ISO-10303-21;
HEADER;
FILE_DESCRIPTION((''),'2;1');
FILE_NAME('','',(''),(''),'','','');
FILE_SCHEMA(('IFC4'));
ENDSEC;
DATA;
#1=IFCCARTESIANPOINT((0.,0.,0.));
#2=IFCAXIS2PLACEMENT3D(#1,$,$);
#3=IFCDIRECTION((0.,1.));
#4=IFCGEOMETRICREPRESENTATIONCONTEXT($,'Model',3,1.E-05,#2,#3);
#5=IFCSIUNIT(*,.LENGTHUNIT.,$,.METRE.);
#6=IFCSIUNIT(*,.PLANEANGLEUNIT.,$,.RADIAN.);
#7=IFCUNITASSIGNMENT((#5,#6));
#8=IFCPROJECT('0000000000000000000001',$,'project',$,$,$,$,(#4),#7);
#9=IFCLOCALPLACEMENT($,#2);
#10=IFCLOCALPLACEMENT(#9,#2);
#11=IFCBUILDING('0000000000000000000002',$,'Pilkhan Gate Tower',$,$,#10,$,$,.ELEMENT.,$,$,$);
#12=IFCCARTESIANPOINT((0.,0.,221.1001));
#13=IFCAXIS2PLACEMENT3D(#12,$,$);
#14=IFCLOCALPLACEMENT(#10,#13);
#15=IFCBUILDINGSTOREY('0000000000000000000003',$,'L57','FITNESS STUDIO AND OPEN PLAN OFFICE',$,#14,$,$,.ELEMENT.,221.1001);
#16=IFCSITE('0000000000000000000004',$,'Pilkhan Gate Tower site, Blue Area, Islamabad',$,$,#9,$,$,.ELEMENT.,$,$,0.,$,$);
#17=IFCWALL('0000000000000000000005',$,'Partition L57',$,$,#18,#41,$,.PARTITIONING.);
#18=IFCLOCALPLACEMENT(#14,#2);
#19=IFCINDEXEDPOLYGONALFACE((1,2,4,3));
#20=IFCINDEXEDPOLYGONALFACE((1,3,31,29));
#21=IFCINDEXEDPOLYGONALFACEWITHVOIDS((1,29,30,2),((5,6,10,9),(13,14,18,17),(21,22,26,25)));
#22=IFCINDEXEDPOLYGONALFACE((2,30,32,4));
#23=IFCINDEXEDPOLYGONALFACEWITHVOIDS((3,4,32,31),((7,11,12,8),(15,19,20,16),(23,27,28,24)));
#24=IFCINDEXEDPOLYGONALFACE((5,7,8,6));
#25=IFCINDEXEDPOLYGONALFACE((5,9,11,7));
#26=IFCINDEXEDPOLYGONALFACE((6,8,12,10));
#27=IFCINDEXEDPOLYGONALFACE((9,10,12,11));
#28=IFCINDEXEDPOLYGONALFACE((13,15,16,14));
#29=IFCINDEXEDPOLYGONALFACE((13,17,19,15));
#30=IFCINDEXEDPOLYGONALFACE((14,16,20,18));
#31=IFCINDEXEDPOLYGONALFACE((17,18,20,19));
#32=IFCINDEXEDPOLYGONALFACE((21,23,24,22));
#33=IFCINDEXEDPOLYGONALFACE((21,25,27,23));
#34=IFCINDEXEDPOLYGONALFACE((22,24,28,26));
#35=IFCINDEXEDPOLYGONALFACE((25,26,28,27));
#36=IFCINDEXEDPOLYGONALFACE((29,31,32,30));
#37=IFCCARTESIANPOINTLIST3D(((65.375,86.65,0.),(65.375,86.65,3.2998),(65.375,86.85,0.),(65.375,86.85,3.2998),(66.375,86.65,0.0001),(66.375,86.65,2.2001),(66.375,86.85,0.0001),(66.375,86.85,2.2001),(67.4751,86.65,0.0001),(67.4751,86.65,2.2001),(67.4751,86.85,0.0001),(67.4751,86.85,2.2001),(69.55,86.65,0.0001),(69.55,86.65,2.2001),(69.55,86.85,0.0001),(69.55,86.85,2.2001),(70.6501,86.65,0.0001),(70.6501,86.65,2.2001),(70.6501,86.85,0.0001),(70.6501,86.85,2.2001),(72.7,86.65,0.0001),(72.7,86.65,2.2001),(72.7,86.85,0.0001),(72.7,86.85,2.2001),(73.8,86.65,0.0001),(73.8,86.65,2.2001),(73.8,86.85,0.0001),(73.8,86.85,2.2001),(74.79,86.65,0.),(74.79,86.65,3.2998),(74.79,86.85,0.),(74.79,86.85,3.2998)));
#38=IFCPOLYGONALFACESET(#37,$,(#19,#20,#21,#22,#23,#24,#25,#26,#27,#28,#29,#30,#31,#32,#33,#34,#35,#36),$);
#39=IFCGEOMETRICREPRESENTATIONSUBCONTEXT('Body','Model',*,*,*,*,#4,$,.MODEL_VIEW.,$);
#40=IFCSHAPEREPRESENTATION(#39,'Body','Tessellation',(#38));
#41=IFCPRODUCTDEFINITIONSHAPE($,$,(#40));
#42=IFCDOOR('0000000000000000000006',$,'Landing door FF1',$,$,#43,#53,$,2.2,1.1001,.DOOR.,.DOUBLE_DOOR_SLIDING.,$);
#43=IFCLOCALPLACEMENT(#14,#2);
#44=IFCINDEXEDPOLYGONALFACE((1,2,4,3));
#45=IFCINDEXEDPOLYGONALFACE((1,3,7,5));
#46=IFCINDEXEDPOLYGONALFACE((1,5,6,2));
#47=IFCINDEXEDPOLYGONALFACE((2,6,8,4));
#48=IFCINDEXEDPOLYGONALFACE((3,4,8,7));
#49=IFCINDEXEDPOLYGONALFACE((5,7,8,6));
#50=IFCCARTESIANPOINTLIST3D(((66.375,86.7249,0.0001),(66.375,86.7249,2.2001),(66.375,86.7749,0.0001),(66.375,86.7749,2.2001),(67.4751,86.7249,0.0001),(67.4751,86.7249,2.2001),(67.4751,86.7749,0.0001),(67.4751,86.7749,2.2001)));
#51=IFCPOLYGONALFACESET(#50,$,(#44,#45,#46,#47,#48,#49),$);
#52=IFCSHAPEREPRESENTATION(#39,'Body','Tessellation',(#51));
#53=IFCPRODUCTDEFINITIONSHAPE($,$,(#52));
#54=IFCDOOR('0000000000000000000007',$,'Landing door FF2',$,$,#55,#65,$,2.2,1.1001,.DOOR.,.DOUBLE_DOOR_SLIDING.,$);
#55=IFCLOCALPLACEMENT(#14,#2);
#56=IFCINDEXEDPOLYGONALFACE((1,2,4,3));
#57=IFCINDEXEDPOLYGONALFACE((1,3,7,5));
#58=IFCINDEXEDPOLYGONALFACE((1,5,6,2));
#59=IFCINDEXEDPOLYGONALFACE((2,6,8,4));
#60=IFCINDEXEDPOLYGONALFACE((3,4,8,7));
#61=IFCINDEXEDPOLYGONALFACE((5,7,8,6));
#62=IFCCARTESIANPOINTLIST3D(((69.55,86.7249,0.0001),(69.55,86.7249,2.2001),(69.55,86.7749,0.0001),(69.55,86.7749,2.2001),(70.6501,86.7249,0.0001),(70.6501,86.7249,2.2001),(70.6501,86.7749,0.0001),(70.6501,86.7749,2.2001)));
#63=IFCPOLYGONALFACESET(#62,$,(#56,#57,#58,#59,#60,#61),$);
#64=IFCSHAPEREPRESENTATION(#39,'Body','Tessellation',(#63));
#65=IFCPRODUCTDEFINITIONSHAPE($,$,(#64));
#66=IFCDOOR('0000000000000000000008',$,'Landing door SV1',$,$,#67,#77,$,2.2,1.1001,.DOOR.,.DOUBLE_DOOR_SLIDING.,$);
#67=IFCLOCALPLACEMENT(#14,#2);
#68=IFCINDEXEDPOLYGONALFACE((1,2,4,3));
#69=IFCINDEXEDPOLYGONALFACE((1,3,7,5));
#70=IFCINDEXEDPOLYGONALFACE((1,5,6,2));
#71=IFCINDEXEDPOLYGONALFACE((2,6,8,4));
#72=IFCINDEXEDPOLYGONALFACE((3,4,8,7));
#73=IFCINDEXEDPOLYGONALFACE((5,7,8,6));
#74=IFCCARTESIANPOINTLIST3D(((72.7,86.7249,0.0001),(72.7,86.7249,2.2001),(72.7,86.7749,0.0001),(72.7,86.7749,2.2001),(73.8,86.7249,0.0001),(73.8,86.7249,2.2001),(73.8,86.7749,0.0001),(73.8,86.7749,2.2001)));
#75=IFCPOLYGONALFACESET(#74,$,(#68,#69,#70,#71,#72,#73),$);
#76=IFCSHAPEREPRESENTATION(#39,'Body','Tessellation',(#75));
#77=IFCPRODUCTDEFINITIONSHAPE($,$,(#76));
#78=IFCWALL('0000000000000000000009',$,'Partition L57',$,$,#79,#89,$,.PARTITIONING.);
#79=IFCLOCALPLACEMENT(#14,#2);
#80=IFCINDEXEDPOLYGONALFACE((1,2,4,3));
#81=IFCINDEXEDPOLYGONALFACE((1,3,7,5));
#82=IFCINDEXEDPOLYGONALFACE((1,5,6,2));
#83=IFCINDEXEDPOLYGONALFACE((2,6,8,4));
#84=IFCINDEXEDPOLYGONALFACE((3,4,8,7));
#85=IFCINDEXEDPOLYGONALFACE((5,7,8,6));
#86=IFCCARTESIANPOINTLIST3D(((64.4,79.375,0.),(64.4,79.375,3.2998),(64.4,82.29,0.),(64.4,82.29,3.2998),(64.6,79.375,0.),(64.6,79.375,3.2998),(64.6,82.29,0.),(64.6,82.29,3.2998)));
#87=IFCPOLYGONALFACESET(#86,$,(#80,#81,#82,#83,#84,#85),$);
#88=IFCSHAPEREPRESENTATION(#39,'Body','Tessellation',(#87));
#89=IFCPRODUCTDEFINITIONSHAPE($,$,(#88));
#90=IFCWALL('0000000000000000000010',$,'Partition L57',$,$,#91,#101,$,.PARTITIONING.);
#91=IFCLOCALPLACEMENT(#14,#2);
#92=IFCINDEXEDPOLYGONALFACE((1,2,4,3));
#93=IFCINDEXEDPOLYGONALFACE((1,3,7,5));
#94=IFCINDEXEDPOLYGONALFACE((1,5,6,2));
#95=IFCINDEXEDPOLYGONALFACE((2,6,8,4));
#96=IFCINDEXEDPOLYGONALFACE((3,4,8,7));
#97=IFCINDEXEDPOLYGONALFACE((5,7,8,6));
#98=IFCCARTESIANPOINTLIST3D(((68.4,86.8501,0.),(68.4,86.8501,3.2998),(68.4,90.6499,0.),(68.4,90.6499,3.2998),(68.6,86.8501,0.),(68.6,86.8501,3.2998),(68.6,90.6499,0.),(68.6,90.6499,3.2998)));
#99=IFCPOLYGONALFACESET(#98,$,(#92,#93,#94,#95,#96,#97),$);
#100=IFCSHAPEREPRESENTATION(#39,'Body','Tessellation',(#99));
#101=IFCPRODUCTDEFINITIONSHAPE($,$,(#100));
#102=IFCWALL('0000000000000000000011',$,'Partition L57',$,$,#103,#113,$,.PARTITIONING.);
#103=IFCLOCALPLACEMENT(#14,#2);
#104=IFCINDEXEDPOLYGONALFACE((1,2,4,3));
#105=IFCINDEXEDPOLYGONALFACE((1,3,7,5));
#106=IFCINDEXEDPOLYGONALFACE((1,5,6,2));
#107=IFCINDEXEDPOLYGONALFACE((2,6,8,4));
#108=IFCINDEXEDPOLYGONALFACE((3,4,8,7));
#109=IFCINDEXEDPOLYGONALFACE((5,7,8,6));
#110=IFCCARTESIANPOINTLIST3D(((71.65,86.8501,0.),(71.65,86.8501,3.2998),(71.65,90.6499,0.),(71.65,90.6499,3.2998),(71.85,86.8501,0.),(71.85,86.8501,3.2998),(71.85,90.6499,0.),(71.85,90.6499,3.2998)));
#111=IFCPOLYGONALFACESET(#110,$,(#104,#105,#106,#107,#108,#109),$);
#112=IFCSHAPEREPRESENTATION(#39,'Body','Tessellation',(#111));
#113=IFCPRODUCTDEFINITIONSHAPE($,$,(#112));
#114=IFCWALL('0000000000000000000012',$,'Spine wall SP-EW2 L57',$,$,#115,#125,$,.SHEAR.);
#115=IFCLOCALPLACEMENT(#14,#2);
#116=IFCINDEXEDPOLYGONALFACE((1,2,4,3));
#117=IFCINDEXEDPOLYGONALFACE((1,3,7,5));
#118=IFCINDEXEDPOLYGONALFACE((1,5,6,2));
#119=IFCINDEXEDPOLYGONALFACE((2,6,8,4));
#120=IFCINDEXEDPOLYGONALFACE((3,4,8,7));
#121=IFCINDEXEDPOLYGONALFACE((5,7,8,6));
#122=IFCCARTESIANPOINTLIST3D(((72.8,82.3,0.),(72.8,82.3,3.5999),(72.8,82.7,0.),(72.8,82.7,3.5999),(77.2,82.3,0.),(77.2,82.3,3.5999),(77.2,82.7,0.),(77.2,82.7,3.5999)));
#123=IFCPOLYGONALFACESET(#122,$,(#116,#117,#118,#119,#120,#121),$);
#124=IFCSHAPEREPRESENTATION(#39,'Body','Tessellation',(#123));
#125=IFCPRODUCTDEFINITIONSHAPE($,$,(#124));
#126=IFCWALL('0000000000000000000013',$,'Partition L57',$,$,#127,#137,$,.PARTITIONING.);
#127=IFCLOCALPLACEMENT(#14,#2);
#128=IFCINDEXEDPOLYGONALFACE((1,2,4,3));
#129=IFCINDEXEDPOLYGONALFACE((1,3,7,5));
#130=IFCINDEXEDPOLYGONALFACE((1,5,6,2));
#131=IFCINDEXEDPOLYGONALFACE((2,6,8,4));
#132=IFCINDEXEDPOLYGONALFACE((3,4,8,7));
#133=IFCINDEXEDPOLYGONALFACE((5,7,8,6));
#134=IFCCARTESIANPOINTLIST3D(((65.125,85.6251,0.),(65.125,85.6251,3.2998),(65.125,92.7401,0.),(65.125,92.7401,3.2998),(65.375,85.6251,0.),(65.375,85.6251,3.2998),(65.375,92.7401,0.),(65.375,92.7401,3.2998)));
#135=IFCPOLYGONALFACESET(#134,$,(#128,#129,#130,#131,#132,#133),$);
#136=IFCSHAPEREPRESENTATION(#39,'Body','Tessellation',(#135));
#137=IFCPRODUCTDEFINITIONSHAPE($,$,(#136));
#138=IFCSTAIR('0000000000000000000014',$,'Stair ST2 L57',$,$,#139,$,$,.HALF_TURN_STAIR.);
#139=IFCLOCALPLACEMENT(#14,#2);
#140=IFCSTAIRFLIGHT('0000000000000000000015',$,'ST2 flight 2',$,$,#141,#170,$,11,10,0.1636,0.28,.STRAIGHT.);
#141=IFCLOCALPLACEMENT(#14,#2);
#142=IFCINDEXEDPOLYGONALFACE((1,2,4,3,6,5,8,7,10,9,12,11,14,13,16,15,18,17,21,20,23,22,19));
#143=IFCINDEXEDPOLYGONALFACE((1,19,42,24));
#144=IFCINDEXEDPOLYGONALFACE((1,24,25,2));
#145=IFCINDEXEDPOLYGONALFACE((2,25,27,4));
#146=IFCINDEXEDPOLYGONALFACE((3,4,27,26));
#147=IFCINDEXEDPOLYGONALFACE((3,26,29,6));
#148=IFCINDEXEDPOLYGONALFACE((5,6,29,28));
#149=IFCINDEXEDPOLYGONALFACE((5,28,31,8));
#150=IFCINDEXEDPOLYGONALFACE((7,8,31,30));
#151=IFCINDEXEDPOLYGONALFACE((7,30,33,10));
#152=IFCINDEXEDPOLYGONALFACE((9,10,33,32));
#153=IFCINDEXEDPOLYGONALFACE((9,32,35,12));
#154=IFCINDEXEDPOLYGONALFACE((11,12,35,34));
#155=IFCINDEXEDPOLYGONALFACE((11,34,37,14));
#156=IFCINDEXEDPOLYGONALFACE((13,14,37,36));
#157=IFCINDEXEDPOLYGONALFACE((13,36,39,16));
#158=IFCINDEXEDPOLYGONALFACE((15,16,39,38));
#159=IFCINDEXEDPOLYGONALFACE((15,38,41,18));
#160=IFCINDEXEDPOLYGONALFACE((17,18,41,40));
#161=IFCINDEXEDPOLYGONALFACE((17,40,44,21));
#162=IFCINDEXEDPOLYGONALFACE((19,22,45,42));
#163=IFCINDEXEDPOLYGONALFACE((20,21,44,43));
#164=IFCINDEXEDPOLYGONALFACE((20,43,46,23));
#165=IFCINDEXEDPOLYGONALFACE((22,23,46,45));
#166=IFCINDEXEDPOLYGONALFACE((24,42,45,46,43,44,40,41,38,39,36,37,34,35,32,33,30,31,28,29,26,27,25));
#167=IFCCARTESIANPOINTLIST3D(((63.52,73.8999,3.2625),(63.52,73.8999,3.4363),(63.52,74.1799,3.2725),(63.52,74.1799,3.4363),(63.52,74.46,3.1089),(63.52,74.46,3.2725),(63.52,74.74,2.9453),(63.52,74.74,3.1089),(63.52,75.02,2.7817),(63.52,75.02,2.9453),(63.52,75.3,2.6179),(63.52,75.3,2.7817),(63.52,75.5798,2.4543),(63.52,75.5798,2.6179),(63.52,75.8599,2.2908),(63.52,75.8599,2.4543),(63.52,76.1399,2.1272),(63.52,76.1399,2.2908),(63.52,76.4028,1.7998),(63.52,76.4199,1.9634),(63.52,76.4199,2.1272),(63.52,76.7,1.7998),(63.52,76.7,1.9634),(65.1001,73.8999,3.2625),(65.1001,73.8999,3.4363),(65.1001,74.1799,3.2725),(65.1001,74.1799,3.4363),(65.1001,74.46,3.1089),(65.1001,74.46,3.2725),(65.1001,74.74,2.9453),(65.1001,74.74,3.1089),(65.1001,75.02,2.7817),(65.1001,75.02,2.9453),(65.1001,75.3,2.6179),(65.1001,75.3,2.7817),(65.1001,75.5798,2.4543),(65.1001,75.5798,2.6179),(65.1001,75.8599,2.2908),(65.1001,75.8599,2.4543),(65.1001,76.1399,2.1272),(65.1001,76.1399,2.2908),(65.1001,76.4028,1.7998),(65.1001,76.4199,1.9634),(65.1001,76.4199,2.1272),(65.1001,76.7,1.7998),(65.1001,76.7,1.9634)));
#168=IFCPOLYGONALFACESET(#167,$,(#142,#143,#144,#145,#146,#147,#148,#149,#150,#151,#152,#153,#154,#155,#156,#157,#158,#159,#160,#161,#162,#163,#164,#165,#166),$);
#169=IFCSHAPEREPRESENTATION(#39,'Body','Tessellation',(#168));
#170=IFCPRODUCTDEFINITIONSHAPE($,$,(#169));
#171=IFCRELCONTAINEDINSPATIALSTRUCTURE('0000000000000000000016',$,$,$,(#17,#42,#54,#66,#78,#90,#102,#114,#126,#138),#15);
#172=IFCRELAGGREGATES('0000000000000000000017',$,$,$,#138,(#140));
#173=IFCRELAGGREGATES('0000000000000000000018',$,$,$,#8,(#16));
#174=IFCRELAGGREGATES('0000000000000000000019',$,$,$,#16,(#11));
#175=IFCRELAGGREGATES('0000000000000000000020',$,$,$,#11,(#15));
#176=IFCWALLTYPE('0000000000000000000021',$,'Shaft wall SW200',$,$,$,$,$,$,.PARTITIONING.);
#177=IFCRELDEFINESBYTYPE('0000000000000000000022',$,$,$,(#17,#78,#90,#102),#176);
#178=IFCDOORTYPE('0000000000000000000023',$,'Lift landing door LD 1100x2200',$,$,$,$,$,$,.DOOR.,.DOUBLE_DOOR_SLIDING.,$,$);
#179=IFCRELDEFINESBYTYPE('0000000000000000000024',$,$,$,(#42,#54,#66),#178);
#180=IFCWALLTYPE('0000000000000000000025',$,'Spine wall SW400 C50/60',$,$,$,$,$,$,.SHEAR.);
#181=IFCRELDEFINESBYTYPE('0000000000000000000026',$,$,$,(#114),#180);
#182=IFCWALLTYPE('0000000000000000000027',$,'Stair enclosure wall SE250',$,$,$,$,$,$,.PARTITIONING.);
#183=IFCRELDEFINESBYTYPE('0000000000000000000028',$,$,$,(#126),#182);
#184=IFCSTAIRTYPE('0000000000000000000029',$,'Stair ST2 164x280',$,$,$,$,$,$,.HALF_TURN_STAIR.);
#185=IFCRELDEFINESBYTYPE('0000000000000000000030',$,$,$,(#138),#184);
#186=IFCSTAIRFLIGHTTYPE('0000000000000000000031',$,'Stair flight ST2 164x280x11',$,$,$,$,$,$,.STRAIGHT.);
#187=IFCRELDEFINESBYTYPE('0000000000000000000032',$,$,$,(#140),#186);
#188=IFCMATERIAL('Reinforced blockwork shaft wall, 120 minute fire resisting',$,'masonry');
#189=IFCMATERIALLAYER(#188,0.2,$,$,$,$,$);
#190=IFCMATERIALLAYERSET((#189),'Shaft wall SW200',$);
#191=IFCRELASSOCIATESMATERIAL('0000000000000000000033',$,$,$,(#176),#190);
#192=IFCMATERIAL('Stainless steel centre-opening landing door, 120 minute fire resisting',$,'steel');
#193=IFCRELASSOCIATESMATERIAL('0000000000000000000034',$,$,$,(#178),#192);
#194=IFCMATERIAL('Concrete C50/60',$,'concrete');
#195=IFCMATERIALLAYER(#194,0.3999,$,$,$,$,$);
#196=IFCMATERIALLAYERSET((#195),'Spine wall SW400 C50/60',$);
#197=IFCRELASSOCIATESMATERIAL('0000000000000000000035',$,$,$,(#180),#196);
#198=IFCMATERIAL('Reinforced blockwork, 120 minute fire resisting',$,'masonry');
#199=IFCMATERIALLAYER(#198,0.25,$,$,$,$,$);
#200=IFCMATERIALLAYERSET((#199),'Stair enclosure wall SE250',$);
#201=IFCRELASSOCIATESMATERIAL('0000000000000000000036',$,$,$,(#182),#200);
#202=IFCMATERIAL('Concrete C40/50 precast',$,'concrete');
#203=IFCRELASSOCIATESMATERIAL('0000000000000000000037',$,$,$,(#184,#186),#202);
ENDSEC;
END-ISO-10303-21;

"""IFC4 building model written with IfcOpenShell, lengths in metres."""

from ifc_helpers import new_model, si_unit, direction, frame, frame_2d, origin, place, context, subcontext, project, spatial, polyline, rectangle, outline, extrude, material, layer, layer_set, type_object, element, fill, aggregate, save


model = new_model("IFC4")

# Units and contexts
model_context = context("Model", 3, precision=1e-05, world=origin(), true_north=direction((0.0, 1.0)))
body_context = subcontext(model_context, "Body", "Model", "MODEL_VIEW")
ifc_project = project(units=[si_unit("LENGTHUNIT", "METRE"), si_unit("PLANEANGLEUNIT", "RADIAN")], contexts=[model_context])

# Site, building, storey
site_placement = place(None, origin())
site = spatial("IfcSite", under=ifc_project, at=site_placement, Name="Pilkhan Gate Tower site, Blue Area, Islamabad", CompositionType="ELEMENT", RefElevation=0.0)
building_placement = place(site_placement, origin())
building = spatial("IfcBuilding", under=site, at=building_placement, Name="Pilkhan Gate Tower", CompositionType="ELEMENT")
storey_placement = place(building_placement, frame((0.0, 0.0, 221.1001)))
storey = spatial("IfcBuildingStorey", under=building, at=storey_placement, Name="L57", Description="FITNESS STUDIO AND OPEN PLAN OFFICE", CompositionType="ELEMENT", Elevation=221.1001)

# Shared definitions
ifc_material_1 = material(Name="Concrete C50/60", Category="concrete")

# Wall, openings, doors
ifc_material_2 = material(Name="Reinforced blockwork shaft wall, 120 minute fire resisting", Category="masonry")
ifc_layer_1 = layer(ifc_material_2, 0.2)
ifc_layer_set_1 = layer_set([ifc_layer_1], Name="Shaft wall SW200")
wall_type_1 = type_object("IfcWallType", Name="Shaft wall SW200", PredefinedType="PARTITIONING", material=ifc_layer_set_1)
wall_1_placement = place(storey_placement, frame((65.375, 86.75, 0.0), z_axis=(0.0, 0.0, 1.0), x_axis=(1.0, 0.0, 0.0)))
wall_1 = element("IfcWall", 1, at=wall_1_placement, inside=storey, type_object=wall_type_1, Name="Partition L57", PredefinedType="PARTITIONING", context=body_context, shape_type="SweptSolid", body=[
    extrude(rectangle(XDim=9.415, YDim=0.2, at=frame_2d((4.7075, 0.0))), origin(), (0.0, 0.0, 1.0), 3.2998),
])
opening_1_placement = place(wall_1_placement, frame((1.0, 0.0, 0.0)))
opening_1 = element("IfcOpeningElement", 2, at=opening_1_placement, cuts=wall_1, PredefinedType="OPENING", context=body_context, shape_type="SweptSolid", body=[
    extrude(rectangle(XDim=1.1001, YDim=2.2, at=frame_2d((0.55, 1.1001))), frame((0.0, 0.1099, 0.0), z_axis=(0.0, -1.0, 0.0), x_axis=(1.0, 0.0, 0.0)), (0.0, 0.0, 1.0), 0.22),
])
opening_2_placement = place(wall_1_placement, frame((4.175, 0.0, 0.0)))
opening_2 = element("IfcOpeningElement", 3, at=opening_2_placement, cuts=wall_1, PredefinedType="OPENING", context=body_context, shape_type="SweptSolid", body=[
    extrude(rectangle(XDim=1.1001, YDim=2.2, at=frame_2d((0.55, 1.1001))), frame((0.0, 0.1099, 0.0), z_axis=(0.0, -1.0, 0.0), x_axis=(1.0, 0.0, 0.0)), (0.0, 0.0, 1.0), 0.22),
])
opening_3_placement = place(wall_1_placement, frame((7.325, 0.0, 0.0)))
opening_3 = element("IfcOpeningElement", 4, at=opening_3_placement, cuts=wall_1, PredefinedType="OPENING", context=body_context, shape_type="SweptSolid", body=[
    extrude(rectangle(XDim=1.1001, YDim=2.2, at=frame_2d((0.55, 1.1001))), frame((0.0, 0.1099, 0.0), z_axis=(0.0, -1.0, 0.0), x_axis=(1.0, 0.0, 0.0)), (0.0, 0.0, 1.0), 0.22),
])
ifc_material_3 = material(Name="Stainless steel centre-opening landing door, 120 minute fire resisting", Category="steel")
door_type_1 = type_object("IfcDoorType", Name="Lift landing door LD 1100x2200", OperationType="DOUBLE_DOOR_SLIDING", PredefinedType="DOOR", material=ifc_material_3)
door_1_placement = place(opening_1_placement, origin())
door_1 = element("IfcDoor", 5, at=door_1_placement, inside=storey, type_object=door_type_1, Name="Landing door FF1", OperationType="DOUBLE_DOOR_SLIDING", OverallHeight=2.2, OverallWidth=1.1001, PredefinedType="DOOR", context=body_context, shape_type="SweptSolid", body=[
    extrude(rectangle(XDim=1.1001, YDim=2.2, at=frame_2d((0.55, 1.1001))), frame((0.0, 0.0249, 0.0), z_axis=(0.0, -1.0, 0.0), x_axis=(1.0, 0.0, 0.0)), (0.0, 0.0, 1.0), 0.05),
])
fill(opening_1, door_1)
door_2_placement = place(opening_2_placement, origin())
door_2 = element("IfcDoor", 6, at=door_2_placement, inside=storey, type_object=door_type_1, Name="Landing door FF2", OperationType="DOUBLE_DOOR_SLIDING", OverallHeight=2.2, OverallWidth=1.1001, PredefinedType="DOOR", context=body_context, shape_type="SweptSolid", body=[
    extrude(rectangle(XDim=1.1001, YDim=2.2, at=frame_2d((0.55, 1.1001))), frame((0.0, 0.0249, 0.0), z_axis=(0.0, -1.0, 0.0), x_axis=(1.0, 0.0, 0.0)), (0.0, 0.0, 1.0), 0.05),
])
fill(opening_2, door_2)
door_3_placement = place(opening_3_placement, origin())
door_3 = element("IfcDoor", 7, at=door_3_placement, inside=storey, type_object=door_type_1, Name="Landing door SV1", OperationType="DOUBLE_DOOR_SLIDING", OverallHeight=2.2, OverallWidth=1.1001, PredefinedType="DOOR", context=body_context, shape_type="SweptSolid", body=[
    extrude(rectangle(XDim=1.1001, YDim=2.2, at=frame_2d((0.55, 1.1001))), frame((0.0, 0.0249, 0.0), z_axis=(0.0, -1.0, 0.0), x_axis=(1.0, 0.0, 0.0)), (0.0, 0.0, 1.0), 0.05),
])
fill(opening_3, door_3)

# Walls
wall_2_placement = place(storey_placement, frame((64.5, 79.375, 0.0), z_axis=(0.0, 0.0, 1.0), x_axis=(0.0, 1.0, 0.0)))
element("IfcWall", 8, at=wall_2_placement, inside=storey, type_object=wall_type_1, Name="Partition L57", PredefinedType="PARTITIONING", context=body_context, shape_type="SweptSolid", body=[
    extrude(rectangle(XDim=2.915, YDim=0.2, at=frame_2d((1.4575, 0.0))), origin(), (0.0, 0.0, 1.0), 3.2998),
])
for number, where, z_axis, x_axis, name in (
    (9, (68.5, 86.8501, 0.0), (0.0, 0.0, 1.0), (0.0, 1.0, 0.0), "Partition L57"),
    (10, (71.75, 86.8501, 0.0), (0.0, 0.0, 1.0), (0.0, 1.0, 0.0), "Partition L57"),
):
    element("IfcWall", number, at=place(storey_placement, frame(where, z_axis=z_axis, x_axis=x_axis)), inside=storey, type_object=wall_type_1, Name=name, PredefinedType="PARTITIONING", context=body_context, shape_type="SweptSolid", body=[
        extrude(rectangle(XDim=3.7998, YDim=0.2, at=frame_2d((1.8999, 0.0))), origin(), (0.0, 0.0, 1.0), 3.2998),
    ])
ifc_layer_2 = layer(ifc_material_1, 0.3999)
ifc_layer_set_2 = layer_set([ifc_layer_2], Name="Spine wall SW400 C50/60")
wall_type_2 = type_object("IfcWallType", Name="Spine wall SW400 C50/60", PredefinedType="SHEAR", material=ifc_layer_set_2)
wall_3_placement = place(storey_placement, frame((72.8, 82.5, 0.0), z_axis=(0.0, 0.0, 1.0), x_axis=(1.0, 0.0, 0.0)))
element("IfcWall", 11, at=wall_3_placement, inside=storey, type_object=wall_type_2, Name="Spine wall SP-EW2 L57", PredefinedType="SHEAR", context=body_context, shape_type="SweptSolid", body=[
    extrude(rectangle(XDim=4.3999, YDim=0.3999, at=frame_2d((2.2, 0.0))), origin(), (0.0, 0.0, 1.0), 3.5999),
])
ifc_material_4 = material(Name="Reinforced blockwork, 120 minute fire resisting", Category="masonry")
ifc_layer_3 = layer(ifc_material_4, 0.25)
ifc_layer_set_3 = layer_set([ifc_layer_3], Name="Stair enclosure wall SE250")
wall_type_3 = type_object("IfcWallType", Name="Stair enclosure wall SE250", PredefinedType="PARTITIONING", material=ifc_layer_set_3)
wall_4_placement = place(storey_placement, frame((65.25, 85.625, 0.0), z_axis=(0.0, 0.0, 1.0), x_axis=(0.0, 1.0, 0.0)))
element("IfcWall", 12, at=wall_4_placement, inside=storey, type_object=wall_type_3, Name="Partition L57", PredefinedType="PARTITIONING", context=body_context, shape_type="SweptSolid", body=[
    extrude(rectangle(XDim=7.115, YDim=0.25, at=frame_2d((3.5576, 0.0))), origin(), (0.0, 0.0, 1.0), 3.2998),
])

# Stair, stair flight
ifc_material_5 = material(Name="Concrete C40/50 precast", Category="concrete")
stair_type_1 = type_object("IfcStairType", Name="Stair ST2 164x280", PredefinedType="HALF_TURN_STAIR", material=ifc_material_5)
stair_1_placement = place(storey_placement, origin())
stair_1 = element("IfcStair", 13, at=stair_1_placement, inside=storey, type_object=stair_type_1, Name="Stair ST2 L57", PredefinedType="HALF_TURN_STAIR")
stair_flight_type_1 = type_object("IfcStairFlightType", Name="Stair flight ST2 164x280x11", PredefinedType="STRAIGHT", material=ifc_material_5)
stair_flight_1_placement = place(storey_placement, frame((64.3101, 76.7, 1.7998), z_axis=(0.0, 0.0, 1.0), x_axis=(0.0, -1.0, 0.0)))
stair_flight_1 = element("IfcStairFlight", 14, at=stair_flight_1_placement, type_object=stair_flight_type_1, Name="ST2 flight 2", NumberOfRisers=11, NumberOfTreads=10, PredefinedType="STRAIGHT", RiserHeight=0.1636, TreadLength=0.28, context=body_context, shape_type="SweptSolid", body=[
    extrude(outline(polyline([(0.0, 0.0), (0.0, 0.1636), (0.28, 0.1636), (0.28, 0.3274), (0.5601, 0.3274), (0.5601, 0.491), (0.8401, 0.491), (0.8401, 0.6545), (1.1201, 0.6545), (1.1201, 0.8181), (1.3999, 0.8181), (1.3999, 0.9819), (1.6799, 0.9819), (1.6799, 1.1455), (1.96, 1.1455), (1.96, 1.3091), (2.24, 1.3091), (2.24, 1.4727), (2.52, 1.4727), (2.52, 1.6365), (2.8, 1.6365), (2.8, 1.8), (2.8, 1.4626), (0.2971, 0.0), (0.0, 0.0)])), frame((0.0, 0.79, 0.0), z_axis=(0.0, -1.0, 0.0), x_axis=(1.0, 0.0, 0.0)), (0.0, 0.0, 1.0), 1.5801),
])
aggregate(stair_1, [stair_flight_1])

save(model, "model.ifc")
